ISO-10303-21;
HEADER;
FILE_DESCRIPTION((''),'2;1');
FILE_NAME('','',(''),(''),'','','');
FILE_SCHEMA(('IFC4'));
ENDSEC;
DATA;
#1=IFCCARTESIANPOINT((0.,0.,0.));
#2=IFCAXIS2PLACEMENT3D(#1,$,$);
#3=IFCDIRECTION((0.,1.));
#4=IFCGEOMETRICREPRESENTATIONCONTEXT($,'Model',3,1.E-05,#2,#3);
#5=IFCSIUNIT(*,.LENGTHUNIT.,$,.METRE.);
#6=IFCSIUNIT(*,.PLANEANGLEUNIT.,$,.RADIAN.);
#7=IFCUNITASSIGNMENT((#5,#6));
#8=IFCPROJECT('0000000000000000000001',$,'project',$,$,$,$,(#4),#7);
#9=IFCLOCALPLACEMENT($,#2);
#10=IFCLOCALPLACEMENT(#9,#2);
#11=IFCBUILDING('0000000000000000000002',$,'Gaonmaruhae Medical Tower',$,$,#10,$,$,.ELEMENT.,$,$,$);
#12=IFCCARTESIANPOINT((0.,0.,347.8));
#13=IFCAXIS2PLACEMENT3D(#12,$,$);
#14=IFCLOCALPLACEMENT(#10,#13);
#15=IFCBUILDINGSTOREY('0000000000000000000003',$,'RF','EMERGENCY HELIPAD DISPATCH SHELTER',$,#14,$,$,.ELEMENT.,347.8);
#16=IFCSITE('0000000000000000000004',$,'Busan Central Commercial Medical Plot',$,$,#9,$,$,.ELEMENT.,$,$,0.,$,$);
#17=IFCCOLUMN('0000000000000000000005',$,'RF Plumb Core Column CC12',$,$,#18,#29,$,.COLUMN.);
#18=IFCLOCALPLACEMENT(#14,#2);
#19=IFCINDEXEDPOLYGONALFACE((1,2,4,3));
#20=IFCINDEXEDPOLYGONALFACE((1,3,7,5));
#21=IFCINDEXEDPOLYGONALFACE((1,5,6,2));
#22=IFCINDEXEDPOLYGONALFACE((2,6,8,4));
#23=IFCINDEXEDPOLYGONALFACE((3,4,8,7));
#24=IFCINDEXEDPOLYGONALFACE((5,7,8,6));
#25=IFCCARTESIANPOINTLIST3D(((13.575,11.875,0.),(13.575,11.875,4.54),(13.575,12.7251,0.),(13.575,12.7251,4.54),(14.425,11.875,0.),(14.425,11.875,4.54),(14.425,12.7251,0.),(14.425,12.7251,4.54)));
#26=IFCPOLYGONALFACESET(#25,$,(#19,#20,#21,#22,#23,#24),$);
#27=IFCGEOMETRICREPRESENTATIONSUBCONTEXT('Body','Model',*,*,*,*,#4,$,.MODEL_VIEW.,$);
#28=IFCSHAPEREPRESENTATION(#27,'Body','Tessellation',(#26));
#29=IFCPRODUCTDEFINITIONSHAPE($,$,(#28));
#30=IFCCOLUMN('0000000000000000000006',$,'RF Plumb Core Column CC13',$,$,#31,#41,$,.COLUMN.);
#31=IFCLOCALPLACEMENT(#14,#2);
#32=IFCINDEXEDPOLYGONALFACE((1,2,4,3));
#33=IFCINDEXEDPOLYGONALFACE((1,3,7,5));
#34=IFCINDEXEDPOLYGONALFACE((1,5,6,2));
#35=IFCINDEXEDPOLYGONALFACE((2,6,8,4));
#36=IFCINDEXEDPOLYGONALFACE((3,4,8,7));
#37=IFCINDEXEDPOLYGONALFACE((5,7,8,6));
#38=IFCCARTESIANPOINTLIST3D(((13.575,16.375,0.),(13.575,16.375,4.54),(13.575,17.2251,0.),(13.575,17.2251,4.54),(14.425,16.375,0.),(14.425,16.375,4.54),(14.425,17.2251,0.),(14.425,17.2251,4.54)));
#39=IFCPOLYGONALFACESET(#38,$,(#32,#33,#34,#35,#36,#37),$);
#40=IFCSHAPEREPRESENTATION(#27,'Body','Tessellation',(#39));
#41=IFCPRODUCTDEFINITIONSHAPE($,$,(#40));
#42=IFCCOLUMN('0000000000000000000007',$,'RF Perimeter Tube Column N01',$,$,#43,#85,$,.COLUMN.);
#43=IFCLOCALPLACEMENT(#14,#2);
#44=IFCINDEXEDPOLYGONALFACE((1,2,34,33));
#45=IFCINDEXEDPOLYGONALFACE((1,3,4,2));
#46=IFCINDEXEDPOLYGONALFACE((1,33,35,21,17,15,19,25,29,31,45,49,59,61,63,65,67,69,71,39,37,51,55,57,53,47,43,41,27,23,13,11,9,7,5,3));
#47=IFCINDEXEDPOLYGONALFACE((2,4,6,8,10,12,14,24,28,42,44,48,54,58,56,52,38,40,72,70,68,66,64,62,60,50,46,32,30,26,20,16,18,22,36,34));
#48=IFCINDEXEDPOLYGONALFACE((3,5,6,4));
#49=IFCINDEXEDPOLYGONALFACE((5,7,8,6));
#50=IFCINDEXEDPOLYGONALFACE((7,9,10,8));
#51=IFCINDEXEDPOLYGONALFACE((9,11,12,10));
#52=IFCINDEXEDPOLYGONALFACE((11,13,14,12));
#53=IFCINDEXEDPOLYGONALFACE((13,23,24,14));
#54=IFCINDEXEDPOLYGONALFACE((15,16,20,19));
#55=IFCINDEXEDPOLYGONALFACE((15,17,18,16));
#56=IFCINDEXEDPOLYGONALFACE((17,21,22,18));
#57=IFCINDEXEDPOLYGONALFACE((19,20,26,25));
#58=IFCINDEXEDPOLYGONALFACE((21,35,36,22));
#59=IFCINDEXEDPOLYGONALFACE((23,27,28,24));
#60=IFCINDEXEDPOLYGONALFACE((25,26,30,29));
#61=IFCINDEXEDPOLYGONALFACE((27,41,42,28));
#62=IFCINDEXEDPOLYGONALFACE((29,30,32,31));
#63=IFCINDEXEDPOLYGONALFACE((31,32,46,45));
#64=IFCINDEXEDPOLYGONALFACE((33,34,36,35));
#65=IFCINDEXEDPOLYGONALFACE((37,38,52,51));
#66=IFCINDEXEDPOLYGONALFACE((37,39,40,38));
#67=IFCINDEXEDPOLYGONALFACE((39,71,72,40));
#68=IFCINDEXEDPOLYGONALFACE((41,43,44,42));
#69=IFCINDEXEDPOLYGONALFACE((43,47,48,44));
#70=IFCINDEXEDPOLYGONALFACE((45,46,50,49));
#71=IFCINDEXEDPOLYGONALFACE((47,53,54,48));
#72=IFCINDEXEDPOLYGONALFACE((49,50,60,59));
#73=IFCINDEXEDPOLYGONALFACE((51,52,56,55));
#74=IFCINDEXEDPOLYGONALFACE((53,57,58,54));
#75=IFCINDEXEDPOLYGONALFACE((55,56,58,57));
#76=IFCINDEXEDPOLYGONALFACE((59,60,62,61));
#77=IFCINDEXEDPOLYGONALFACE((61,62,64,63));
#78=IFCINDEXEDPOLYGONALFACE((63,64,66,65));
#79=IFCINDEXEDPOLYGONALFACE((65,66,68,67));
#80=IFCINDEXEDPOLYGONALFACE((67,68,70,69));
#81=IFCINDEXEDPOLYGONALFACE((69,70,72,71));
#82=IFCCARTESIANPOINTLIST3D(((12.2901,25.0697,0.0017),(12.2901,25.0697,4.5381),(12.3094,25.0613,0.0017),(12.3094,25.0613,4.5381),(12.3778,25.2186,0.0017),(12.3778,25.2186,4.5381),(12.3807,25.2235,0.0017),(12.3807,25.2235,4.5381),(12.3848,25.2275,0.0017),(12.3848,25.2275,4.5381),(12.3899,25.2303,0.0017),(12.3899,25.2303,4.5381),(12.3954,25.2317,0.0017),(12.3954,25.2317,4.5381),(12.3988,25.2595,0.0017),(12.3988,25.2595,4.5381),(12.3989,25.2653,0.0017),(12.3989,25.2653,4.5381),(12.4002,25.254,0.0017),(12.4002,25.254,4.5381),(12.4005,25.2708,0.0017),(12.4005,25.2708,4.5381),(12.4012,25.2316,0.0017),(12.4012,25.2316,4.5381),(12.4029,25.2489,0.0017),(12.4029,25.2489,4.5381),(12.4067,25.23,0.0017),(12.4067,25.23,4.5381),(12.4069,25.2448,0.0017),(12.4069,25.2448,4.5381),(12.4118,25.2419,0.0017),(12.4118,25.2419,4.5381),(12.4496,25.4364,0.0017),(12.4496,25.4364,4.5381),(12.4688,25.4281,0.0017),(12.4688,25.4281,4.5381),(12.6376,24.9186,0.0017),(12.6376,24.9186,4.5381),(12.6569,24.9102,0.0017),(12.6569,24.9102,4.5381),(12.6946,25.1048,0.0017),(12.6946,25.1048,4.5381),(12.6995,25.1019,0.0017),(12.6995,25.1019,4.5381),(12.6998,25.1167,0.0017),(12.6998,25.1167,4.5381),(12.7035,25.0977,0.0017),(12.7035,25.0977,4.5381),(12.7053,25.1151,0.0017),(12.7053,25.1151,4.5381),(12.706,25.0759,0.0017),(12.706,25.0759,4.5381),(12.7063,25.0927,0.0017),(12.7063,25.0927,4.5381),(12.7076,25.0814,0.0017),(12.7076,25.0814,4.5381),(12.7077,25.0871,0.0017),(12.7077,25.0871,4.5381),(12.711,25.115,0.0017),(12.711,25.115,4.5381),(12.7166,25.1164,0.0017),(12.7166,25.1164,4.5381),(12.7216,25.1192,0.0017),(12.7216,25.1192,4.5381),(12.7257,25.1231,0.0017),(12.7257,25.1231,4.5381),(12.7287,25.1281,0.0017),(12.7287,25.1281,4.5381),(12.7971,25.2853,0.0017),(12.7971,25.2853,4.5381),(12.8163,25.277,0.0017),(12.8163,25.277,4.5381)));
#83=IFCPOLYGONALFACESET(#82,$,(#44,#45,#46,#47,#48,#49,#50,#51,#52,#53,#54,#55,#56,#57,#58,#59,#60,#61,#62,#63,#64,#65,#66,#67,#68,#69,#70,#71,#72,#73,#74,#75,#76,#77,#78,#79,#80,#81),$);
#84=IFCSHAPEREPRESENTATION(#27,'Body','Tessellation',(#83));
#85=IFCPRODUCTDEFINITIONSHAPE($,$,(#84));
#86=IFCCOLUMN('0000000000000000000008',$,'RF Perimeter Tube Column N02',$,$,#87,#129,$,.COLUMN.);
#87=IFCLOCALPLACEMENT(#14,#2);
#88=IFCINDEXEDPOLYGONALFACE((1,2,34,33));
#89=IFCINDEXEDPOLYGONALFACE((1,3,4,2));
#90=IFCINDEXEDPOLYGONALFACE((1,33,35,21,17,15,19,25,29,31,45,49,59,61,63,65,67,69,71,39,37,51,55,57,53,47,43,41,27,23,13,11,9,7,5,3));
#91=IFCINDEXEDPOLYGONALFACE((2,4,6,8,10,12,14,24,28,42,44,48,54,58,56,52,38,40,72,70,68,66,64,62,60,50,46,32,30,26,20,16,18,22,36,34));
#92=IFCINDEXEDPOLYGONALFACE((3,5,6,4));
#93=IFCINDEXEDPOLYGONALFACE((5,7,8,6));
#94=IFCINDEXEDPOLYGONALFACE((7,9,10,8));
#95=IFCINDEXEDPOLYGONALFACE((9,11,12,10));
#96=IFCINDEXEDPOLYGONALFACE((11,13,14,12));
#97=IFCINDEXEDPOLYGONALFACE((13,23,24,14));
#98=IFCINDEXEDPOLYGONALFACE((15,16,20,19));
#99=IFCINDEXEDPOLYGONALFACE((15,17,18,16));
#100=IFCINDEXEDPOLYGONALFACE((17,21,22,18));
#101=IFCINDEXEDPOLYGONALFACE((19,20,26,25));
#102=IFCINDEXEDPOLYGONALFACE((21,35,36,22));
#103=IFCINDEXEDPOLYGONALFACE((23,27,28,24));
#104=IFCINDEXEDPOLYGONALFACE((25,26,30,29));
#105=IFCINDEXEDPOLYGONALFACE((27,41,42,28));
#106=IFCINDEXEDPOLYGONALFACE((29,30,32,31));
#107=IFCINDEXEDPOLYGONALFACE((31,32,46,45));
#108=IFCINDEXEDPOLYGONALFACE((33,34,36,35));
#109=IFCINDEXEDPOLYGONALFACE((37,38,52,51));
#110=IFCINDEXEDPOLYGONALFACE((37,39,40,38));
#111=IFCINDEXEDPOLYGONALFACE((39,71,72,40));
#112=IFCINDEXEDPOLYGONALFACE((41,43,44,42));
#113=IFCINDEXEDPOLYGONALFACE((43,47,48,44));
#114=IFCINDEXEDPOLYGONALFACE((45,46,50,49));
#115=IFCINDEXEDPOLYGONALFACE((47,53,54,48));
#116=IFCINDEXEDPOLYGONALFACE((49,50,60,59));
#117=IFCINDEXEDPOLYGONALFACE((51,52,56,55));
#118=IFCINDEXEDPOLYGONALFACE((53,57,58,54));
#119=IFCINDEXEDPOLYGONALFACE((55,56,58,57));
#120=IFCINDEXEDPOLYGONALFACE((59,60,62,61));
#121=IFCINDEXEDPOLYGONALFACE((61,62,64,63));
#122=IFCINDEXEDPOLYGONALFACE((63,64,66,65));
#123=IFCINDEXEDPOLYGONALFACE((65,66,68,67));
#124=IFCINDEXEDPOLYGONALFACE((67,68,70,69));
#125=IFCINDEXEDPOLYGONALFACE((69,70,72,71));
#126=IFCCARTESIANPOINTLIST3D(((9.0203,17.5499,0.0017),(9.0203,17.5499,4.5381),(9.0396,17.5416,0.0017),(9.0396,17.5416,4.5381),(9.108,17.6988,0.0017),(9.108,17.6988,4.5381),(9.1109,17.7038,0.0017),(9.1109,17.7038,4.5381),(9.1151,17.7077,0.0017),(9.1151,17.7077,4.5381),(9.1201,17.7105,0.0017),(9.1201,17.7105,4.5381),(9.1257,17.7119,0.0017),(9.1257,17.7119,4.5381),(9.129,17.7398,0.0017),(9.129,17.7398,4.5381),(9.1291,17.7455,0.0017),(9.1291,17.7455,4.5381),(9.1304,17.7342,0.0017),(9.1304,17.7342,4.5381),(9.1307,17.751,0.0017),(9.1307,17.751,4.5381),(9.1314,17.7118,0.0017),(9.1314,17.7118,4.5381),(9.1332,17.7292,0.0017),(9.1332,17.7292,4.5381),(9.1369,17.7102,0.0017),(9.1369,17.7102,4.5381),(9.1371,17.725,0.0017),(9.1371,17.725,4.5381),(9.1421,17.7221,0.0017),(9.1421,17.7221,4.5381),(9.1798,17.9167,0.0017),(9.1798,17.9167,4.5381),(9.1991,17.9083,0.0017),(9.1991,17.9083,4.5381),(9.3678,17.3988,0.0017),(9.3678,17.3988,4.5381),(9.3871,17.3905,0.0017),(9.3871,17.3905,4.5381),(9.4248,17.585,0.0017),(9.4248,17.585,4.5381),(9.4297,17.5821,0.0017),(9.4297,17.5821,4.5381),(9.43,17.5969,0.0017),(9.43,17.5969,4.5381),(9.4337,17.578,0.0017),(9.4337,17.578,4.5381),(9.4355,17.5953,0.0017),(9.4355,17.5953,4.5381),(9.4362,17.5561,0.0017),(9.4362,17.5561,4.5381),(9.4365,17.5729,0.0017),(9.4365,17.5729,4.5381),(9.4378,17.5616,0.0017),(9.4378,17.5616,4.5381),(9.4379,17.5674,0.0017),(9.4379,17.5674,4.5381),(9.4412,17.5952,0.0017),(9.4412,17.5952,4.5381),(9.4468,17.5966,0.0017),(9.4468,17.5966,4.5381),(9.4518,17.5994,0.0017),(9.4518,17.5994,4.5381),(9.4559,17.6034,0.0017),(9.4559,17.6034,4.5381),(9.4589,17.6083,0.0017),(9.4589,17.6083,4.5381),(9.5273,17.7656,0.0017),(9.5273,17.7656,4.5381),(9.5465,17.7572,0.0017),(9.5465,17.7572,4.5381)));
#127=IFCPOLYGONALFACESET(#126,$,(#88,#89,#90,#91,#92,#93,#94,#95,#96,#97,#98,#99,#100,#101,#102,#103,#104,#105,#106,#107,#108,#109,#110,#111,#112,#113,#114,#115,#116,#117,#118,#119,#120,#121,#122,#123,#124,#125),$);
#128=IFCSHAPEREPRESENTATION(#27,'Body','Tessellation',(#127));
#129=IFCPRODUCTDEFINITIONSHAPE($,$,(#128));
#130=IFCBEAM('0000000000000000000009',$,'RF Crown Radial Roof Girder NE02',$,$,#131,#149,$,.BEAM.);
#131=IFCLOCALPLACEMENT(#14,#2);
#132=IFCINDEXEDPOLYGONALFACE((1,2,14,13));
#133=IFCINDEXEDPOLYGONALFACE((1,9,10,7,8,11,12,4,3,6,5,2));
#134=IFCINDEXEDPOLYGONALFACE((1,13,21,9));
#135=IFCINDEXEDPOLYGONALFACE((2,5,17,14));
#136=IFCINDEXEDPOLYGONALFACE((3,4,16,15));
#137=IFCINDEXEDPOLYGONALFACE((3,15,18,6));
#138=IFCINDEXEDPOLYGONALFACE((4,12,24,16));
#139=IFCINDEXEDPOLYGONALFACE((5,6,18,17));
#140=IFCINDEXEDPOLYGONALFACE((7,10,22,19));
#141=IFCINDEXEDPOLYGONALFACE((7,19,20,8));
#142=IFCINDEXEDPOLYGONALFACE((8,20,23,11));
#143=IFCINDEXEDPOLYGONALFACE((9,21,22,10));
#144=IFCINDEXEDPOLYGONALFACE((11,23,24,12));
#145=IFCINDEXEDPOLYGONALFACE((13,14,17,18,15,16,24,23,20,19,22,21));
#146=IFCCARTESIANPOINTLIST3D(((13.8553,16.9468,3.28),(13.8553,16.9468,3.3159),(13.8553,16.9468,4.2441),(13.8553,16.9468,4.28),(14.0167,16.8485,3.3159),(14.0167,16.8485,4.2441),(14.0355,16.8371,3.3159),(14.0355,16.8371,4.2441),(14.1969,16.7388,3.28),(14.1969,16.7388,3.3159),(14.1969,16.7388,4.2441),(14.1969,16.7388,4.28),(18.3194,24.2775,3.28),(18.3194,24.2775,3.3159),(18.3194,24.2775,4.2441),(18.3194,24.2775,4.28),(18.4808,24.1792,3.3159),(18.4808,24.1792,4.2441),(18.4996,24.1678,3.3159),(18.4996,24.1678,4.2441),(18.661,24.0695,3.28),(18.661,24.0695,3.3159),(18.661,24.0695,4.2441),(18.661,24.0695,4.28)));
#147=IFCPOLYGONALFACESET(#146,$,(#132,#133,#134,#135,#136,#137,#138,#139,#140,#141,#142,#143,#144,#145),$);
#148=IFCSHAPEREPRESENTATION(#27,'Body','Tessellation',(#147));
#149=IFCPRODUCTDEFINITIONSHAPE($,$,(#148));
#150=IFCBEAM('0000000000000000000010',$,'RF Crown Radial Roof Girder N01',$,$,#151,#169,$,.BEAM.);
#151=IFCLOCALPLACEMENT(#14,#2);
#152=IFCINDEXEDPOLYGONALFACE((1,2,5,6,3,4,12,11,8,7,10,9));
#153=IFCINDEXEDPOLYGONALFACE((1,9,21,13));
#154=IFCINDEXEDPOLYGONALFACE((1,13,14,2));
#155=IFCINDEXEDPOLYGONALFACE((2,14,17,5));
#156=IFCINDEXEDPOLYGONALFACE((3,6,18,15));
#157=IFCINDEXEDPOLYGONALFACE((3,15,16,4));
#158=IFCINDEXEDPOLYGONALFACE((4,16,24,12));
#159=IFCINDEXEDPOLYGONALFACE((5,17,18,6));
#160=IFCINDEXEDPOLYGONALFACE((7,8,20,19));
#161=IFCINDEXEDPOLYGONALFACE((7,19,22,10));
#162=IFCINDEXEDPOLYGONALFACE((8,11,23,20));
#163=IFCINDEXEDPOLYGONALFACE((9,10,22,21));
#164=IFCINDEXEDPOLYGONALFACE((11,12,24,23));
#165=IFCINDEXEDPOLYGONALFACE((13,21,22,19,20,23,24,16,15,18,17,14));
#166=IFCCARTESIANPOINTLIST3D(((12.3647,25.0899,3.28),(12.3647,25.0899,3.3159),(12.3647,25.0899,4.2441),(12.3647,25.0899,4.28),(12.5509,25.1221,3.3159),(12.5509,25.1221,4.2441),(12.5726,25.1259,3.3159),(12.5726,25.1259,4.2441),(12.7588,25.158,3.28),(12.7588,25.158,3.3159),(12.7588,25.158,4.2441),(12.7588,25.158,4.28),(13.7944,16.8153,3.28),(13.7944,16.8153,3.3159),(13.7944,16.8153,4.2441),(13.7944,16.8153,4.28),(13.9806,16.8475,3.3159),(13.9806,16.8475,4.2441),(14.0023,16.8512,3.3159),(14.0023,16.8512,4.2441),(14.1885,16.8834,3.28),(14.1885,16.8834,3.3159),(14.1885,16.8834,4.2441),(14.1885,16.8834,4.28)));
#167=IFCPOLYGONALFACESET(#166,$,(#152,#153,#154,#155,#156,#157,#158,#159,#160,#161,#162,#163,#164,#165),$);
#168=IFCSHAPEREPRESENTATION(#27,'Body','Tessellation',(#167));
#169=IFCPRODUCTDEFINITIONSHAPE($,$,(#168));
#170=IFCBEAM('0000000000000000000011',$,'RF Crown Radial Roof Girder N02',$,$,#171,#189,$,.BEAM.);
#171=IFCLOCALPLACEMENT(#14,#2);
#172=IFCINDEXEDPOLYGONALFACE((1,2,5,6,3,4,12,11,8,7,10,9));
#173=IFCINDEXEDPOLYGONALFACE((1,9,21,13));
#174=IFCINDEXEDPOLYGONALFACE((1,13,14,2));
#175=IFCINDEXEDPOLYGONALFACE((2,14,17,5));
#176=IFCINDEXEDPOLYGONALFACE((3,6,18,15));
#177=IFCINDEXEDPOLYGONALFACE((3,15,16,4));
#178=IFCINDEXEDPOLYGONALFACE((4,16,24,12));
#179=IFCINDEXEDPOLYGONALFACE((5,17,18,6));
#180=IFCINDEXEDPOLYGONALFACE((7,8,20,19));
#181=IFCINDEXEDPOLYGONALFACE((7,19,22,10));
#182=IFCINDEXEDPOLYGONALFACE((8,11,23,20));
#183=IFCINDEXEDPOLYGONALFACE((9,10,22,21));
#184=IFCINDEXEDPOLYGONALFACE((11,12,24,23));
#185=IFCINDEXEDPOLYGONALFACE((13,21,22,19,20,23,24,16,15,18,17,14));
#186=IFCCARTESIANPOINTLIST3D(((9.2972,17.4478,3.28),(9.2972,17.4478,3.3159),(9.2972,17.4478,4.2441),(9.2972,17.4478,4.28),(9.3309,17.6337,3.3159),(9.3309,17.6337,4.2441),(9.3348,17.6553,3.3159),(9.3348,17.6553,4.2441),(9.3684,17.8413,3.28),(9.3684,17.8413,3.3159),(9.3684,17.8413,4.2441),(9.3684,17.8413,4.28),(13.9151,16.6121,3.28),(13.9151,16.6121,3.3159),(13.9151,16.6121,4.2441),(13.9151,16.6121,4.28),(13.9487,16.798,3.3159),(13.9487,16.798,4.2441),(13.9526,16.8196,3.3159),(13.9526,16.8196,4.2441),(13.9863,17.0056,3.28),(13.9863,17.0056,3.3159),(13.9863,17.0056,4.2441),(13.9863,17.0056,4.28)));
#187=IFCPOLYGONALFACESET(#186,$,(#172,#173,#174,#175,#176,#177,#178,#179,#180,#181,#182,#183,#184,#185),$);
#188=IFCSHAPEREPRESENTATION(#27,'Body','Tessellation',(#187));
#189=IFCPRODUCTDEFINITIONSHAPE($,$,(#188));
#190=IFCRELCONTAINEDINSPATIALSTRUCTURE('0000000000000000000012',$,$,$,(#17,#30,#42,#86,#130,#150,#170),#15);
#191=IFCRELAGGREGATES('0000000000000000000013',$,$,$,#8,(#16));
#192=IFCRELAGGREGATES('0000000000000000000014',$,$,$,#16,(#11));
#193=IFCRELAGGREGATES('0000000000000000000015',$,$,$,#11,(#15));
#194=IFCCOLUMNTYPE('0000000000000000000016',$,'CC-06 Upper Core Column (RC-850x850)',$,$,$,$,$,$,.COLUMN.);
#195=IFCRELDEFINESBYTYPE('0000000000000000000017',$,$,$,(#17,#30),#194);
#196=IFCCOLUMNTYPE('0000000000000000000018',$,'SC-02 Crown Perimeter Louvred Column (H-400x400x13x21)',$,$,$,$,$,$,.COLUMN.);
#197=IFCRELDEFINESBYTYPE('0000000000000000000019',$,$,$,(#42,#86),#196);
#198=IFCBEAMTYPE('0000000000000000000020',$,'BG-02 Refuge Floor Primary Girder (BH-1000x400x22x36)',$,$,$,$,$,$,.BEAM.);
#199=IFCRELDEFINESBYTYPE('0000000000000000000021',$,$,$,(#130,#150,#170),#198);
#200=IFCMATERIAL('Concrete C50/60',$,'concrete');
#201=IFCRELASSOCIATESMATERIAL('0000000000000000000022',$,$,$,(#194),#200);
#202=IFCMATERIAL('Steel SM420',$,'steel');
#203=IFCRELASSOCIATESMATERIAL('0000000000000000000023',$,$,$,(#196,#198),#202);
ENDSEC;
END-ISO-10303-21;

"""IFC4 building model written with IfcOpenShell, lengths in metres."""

from ifc_helpers import new_model, si_unit, direction, frame, origin, origin_2d, place, context, subcontext, project, spatial, rectangle, i_section, extrude, material, material_profile, profile_set, type_object, element, save


model = new_model("IFC4")

# Units and contexts
model_context = context("Model", 3, precision=1e-05, world=origin(), true_north=direction((0.0, 1.0)))
body_context = subcontext(model_context, "Body", "Model", "MODEL_VIEW")
ifc_project = project(units=[si_unit("LENGTHUNIT", "METRE"), si_unit("PLANEANGLEUNIT", "RADIAN")], contexts=[model_context])

# Site, building, storey
site_placement = place(None, origin())
site = spatial("IfcSite", under=ifc_project, at=site_placement, Name="Busan Central Commercial Medical Plot", CompositionType="ELEMENT", RefElevation=0.0)
building_placement = place(site_placement, origin())
building = spatial("IfcBuilding", under=site, at=building_placement, Name="Gaonmaruhae Medical Tower", CompositionType="ELEMENT")
storey_placement = place(building_placement, frame((0.0, 0.0, 347.8)))
storey = spatial("IfcBuildingStorey", under=building, at=storey_placement, Name="RF", Description="EMERGENCY HELIPAD DISPATCH SHELTER", CompositionType="ELEMENT", Elevation=347.8)

# Columns
ifc_material_1 = material(Name="Concrete C50/60", Category="concrete")
ifc_material_profile_1 = material_profile(ifc_material_1, rectangle(XDim=0.8501, YDim=0.8501, at=origin_2d()), Name="RC-850x850")
ifc_profile_set_1 = profile_set([ifc_material_profile_1], Name="Concrete C50/60")
column_type_1 = type_object("IfcColumnType", Name="CC-06 Upper Core Column (RC-850x850)", PredefinedType="COLUMN", material=ifc_profile_set_1)
for number, where, z_axis, x_axis, name in (
    (1, (14.0, 12.3, 0.0), (0.0, 0.0, 1.0), (1.0, 0.0, 0.0), "RF Plumb Core Column CC12"),
    (2, (14.0, 16.8, 0.0), (0.0, 0.0, 1.0), (1.0, 0.0, 0.0), "RF Plumb Core Column CC13"),
):
    element("IfcColumn", number, at=place(storey_placement, frame(where, z_axis=z_axis, x_axis=x_axis)), inside=storey, type_object=column_type_1, Name=name, PredefinedType="COLUMN", context=body_context, shape_type="SweptSolid", body=[
        extrude(rectangle(XDim=0.8501, YDim=0.8501, at=origin_2d()), origin(), (0.0, 0.0, 1.0), 4.54),
    ])
ifc_material_2 = material(Name="Steel SM420", Category="steel")
ifc_material_profile_2 = material_profile(ifc_material_2, i_section(OverallWidth=0.3999, OverallDepth=0.3999, WebThickness=0.0129, FlangeThickness=0.021, FilletRadius=0.022, at=origin_2d()), Name="H-400x400x13x21")
ifc_profile_set_2 = profile_set([ifc_material_profile_2], Name="Steel SM420")
column_type_2 = type_object("IfcColumnType", Name="SC-02 Crown Perimeter Louvred Column (H-400x400x13x21)", PredefinedType="COLUMN", material=ifc_profile_set_2)
for number, where, z_axis, x_axis, name in (
    (3, (12.5532, 25.1733, 0.0017), (0.0, 0.0, 1.0), (0.398749, 0.91706, 0.0), "RF Perimeter Tube Column N01"),
    (4, (9.2834, 17.6536, 0.0017), (0.0, 0.0, 1.0), (0.398749, 0.91706, 0.0), "RF Perimeter Tube Column N02"),
):
    element("IfcColumn", number, at=place(storey_placement, frame(where, z_axis=z_axis, x_axis=x_axis)), inside=storey, type_object=column_type_2, Name=name, PredefinedType="COLUMN", context=body_context, shape_type="SweptSolid", body=[
        extrude(i_section(OverallWidth=0.3999, OverallDepth=0.3999, WebThickness=0.0129, FlangeThickness=0.021, FilletRadius=0.022, at=origin_2d()), origin(), (0.0, 0.0, 1.0), 4.5364),
    ])

# Beams
ifc_material_profile_3 = material_profile(ifc_material_2, i_section(OverallWidth=0.3999, OverallDepth=1.0, WebThickness=0.022, FlangeThickness=0.0359, at=origin_2d()), Name="BH-1000x400x22x36")
ifc_profile_set_3 = profile_set([ifc_material_profile_3], Name="Steel SM420")
beam_type_1 = type_object("IfcBeamType", Name="BG-02 Refuge Floor Primary Girder (BH-1000x400x22x36)", PredefinedType="BEAM", material=ifc_profile_set_3)
beam_1_placement = place(storey_placement, frame((14.0261, 16.8428, 3.78), z_axis=(0.520107, 0.854101, 0.0), x_axis=(-0.854101, 0.520107, 0.0)))
element("IfcBeam", 5, at=beam_1_placement, inside=storey, type_object=beam_type_1, Name="RF Crown Radial Roof Girder NE02", PredefinedType="BEAM", context=body_context, shape_type="SweptSolid", body=[
    extrude(i_section(OverallWidth=0.3999, OverallDepth=1.0, WebThickness=0.022, FlangeThickness=0.0359, at=origin_2d()), origin(), (0.0, 0.0, 1.0), 8.583),
])
beam_2_placement = place(storey_placement, frame((13.9915, 16.8494, 3.78), z_axis=(-0.170256, 0.9854, 0.0), x_axis=(-0.9854, -0.170256, 0.0)))
element("IfcBeam", 6, at=beam_2_placement, inside=storey, type_object=beam_type_1, Name="RF Crown Radial Roof Girder N01", PredefinedType="BEAM", context=body_context, shape_type="SweptSolid", body=[
    extrude(i_section(OverallWidth=0.3999, OverallDepth=1.0, WebThickness=0.022, FlangeThickness=0.0359, at=origin_2d()), origin(), (0.0, 0.0, 1.0), 8.3972),
])
beam_3_placement = place(storey_placement, frame((13.9507, 16.8088, 3.78), z_axis=(-0.984017, 0.178075, 0.0), x_axis=(-0.178075, -0.984017, 0.0)))
element("IfcBeam", 7, at=beam_3_placement, inside=storey, type_object=beam_type_1, Name="RF Crown Radial Roof Girder N02", PredefinedType="BEAM", context=body_context, shape_type="SweptSolid", body=[
    extrude(i_section(OverallWidth=0.3999, OverallDepth=1.0, WebThickness=0.022, FlangeThickness=0.0359, at=origin_2d()), origin(), (0.0, 0.0, 1.0), 4.6929),
])

save(model, "model.ifc")
